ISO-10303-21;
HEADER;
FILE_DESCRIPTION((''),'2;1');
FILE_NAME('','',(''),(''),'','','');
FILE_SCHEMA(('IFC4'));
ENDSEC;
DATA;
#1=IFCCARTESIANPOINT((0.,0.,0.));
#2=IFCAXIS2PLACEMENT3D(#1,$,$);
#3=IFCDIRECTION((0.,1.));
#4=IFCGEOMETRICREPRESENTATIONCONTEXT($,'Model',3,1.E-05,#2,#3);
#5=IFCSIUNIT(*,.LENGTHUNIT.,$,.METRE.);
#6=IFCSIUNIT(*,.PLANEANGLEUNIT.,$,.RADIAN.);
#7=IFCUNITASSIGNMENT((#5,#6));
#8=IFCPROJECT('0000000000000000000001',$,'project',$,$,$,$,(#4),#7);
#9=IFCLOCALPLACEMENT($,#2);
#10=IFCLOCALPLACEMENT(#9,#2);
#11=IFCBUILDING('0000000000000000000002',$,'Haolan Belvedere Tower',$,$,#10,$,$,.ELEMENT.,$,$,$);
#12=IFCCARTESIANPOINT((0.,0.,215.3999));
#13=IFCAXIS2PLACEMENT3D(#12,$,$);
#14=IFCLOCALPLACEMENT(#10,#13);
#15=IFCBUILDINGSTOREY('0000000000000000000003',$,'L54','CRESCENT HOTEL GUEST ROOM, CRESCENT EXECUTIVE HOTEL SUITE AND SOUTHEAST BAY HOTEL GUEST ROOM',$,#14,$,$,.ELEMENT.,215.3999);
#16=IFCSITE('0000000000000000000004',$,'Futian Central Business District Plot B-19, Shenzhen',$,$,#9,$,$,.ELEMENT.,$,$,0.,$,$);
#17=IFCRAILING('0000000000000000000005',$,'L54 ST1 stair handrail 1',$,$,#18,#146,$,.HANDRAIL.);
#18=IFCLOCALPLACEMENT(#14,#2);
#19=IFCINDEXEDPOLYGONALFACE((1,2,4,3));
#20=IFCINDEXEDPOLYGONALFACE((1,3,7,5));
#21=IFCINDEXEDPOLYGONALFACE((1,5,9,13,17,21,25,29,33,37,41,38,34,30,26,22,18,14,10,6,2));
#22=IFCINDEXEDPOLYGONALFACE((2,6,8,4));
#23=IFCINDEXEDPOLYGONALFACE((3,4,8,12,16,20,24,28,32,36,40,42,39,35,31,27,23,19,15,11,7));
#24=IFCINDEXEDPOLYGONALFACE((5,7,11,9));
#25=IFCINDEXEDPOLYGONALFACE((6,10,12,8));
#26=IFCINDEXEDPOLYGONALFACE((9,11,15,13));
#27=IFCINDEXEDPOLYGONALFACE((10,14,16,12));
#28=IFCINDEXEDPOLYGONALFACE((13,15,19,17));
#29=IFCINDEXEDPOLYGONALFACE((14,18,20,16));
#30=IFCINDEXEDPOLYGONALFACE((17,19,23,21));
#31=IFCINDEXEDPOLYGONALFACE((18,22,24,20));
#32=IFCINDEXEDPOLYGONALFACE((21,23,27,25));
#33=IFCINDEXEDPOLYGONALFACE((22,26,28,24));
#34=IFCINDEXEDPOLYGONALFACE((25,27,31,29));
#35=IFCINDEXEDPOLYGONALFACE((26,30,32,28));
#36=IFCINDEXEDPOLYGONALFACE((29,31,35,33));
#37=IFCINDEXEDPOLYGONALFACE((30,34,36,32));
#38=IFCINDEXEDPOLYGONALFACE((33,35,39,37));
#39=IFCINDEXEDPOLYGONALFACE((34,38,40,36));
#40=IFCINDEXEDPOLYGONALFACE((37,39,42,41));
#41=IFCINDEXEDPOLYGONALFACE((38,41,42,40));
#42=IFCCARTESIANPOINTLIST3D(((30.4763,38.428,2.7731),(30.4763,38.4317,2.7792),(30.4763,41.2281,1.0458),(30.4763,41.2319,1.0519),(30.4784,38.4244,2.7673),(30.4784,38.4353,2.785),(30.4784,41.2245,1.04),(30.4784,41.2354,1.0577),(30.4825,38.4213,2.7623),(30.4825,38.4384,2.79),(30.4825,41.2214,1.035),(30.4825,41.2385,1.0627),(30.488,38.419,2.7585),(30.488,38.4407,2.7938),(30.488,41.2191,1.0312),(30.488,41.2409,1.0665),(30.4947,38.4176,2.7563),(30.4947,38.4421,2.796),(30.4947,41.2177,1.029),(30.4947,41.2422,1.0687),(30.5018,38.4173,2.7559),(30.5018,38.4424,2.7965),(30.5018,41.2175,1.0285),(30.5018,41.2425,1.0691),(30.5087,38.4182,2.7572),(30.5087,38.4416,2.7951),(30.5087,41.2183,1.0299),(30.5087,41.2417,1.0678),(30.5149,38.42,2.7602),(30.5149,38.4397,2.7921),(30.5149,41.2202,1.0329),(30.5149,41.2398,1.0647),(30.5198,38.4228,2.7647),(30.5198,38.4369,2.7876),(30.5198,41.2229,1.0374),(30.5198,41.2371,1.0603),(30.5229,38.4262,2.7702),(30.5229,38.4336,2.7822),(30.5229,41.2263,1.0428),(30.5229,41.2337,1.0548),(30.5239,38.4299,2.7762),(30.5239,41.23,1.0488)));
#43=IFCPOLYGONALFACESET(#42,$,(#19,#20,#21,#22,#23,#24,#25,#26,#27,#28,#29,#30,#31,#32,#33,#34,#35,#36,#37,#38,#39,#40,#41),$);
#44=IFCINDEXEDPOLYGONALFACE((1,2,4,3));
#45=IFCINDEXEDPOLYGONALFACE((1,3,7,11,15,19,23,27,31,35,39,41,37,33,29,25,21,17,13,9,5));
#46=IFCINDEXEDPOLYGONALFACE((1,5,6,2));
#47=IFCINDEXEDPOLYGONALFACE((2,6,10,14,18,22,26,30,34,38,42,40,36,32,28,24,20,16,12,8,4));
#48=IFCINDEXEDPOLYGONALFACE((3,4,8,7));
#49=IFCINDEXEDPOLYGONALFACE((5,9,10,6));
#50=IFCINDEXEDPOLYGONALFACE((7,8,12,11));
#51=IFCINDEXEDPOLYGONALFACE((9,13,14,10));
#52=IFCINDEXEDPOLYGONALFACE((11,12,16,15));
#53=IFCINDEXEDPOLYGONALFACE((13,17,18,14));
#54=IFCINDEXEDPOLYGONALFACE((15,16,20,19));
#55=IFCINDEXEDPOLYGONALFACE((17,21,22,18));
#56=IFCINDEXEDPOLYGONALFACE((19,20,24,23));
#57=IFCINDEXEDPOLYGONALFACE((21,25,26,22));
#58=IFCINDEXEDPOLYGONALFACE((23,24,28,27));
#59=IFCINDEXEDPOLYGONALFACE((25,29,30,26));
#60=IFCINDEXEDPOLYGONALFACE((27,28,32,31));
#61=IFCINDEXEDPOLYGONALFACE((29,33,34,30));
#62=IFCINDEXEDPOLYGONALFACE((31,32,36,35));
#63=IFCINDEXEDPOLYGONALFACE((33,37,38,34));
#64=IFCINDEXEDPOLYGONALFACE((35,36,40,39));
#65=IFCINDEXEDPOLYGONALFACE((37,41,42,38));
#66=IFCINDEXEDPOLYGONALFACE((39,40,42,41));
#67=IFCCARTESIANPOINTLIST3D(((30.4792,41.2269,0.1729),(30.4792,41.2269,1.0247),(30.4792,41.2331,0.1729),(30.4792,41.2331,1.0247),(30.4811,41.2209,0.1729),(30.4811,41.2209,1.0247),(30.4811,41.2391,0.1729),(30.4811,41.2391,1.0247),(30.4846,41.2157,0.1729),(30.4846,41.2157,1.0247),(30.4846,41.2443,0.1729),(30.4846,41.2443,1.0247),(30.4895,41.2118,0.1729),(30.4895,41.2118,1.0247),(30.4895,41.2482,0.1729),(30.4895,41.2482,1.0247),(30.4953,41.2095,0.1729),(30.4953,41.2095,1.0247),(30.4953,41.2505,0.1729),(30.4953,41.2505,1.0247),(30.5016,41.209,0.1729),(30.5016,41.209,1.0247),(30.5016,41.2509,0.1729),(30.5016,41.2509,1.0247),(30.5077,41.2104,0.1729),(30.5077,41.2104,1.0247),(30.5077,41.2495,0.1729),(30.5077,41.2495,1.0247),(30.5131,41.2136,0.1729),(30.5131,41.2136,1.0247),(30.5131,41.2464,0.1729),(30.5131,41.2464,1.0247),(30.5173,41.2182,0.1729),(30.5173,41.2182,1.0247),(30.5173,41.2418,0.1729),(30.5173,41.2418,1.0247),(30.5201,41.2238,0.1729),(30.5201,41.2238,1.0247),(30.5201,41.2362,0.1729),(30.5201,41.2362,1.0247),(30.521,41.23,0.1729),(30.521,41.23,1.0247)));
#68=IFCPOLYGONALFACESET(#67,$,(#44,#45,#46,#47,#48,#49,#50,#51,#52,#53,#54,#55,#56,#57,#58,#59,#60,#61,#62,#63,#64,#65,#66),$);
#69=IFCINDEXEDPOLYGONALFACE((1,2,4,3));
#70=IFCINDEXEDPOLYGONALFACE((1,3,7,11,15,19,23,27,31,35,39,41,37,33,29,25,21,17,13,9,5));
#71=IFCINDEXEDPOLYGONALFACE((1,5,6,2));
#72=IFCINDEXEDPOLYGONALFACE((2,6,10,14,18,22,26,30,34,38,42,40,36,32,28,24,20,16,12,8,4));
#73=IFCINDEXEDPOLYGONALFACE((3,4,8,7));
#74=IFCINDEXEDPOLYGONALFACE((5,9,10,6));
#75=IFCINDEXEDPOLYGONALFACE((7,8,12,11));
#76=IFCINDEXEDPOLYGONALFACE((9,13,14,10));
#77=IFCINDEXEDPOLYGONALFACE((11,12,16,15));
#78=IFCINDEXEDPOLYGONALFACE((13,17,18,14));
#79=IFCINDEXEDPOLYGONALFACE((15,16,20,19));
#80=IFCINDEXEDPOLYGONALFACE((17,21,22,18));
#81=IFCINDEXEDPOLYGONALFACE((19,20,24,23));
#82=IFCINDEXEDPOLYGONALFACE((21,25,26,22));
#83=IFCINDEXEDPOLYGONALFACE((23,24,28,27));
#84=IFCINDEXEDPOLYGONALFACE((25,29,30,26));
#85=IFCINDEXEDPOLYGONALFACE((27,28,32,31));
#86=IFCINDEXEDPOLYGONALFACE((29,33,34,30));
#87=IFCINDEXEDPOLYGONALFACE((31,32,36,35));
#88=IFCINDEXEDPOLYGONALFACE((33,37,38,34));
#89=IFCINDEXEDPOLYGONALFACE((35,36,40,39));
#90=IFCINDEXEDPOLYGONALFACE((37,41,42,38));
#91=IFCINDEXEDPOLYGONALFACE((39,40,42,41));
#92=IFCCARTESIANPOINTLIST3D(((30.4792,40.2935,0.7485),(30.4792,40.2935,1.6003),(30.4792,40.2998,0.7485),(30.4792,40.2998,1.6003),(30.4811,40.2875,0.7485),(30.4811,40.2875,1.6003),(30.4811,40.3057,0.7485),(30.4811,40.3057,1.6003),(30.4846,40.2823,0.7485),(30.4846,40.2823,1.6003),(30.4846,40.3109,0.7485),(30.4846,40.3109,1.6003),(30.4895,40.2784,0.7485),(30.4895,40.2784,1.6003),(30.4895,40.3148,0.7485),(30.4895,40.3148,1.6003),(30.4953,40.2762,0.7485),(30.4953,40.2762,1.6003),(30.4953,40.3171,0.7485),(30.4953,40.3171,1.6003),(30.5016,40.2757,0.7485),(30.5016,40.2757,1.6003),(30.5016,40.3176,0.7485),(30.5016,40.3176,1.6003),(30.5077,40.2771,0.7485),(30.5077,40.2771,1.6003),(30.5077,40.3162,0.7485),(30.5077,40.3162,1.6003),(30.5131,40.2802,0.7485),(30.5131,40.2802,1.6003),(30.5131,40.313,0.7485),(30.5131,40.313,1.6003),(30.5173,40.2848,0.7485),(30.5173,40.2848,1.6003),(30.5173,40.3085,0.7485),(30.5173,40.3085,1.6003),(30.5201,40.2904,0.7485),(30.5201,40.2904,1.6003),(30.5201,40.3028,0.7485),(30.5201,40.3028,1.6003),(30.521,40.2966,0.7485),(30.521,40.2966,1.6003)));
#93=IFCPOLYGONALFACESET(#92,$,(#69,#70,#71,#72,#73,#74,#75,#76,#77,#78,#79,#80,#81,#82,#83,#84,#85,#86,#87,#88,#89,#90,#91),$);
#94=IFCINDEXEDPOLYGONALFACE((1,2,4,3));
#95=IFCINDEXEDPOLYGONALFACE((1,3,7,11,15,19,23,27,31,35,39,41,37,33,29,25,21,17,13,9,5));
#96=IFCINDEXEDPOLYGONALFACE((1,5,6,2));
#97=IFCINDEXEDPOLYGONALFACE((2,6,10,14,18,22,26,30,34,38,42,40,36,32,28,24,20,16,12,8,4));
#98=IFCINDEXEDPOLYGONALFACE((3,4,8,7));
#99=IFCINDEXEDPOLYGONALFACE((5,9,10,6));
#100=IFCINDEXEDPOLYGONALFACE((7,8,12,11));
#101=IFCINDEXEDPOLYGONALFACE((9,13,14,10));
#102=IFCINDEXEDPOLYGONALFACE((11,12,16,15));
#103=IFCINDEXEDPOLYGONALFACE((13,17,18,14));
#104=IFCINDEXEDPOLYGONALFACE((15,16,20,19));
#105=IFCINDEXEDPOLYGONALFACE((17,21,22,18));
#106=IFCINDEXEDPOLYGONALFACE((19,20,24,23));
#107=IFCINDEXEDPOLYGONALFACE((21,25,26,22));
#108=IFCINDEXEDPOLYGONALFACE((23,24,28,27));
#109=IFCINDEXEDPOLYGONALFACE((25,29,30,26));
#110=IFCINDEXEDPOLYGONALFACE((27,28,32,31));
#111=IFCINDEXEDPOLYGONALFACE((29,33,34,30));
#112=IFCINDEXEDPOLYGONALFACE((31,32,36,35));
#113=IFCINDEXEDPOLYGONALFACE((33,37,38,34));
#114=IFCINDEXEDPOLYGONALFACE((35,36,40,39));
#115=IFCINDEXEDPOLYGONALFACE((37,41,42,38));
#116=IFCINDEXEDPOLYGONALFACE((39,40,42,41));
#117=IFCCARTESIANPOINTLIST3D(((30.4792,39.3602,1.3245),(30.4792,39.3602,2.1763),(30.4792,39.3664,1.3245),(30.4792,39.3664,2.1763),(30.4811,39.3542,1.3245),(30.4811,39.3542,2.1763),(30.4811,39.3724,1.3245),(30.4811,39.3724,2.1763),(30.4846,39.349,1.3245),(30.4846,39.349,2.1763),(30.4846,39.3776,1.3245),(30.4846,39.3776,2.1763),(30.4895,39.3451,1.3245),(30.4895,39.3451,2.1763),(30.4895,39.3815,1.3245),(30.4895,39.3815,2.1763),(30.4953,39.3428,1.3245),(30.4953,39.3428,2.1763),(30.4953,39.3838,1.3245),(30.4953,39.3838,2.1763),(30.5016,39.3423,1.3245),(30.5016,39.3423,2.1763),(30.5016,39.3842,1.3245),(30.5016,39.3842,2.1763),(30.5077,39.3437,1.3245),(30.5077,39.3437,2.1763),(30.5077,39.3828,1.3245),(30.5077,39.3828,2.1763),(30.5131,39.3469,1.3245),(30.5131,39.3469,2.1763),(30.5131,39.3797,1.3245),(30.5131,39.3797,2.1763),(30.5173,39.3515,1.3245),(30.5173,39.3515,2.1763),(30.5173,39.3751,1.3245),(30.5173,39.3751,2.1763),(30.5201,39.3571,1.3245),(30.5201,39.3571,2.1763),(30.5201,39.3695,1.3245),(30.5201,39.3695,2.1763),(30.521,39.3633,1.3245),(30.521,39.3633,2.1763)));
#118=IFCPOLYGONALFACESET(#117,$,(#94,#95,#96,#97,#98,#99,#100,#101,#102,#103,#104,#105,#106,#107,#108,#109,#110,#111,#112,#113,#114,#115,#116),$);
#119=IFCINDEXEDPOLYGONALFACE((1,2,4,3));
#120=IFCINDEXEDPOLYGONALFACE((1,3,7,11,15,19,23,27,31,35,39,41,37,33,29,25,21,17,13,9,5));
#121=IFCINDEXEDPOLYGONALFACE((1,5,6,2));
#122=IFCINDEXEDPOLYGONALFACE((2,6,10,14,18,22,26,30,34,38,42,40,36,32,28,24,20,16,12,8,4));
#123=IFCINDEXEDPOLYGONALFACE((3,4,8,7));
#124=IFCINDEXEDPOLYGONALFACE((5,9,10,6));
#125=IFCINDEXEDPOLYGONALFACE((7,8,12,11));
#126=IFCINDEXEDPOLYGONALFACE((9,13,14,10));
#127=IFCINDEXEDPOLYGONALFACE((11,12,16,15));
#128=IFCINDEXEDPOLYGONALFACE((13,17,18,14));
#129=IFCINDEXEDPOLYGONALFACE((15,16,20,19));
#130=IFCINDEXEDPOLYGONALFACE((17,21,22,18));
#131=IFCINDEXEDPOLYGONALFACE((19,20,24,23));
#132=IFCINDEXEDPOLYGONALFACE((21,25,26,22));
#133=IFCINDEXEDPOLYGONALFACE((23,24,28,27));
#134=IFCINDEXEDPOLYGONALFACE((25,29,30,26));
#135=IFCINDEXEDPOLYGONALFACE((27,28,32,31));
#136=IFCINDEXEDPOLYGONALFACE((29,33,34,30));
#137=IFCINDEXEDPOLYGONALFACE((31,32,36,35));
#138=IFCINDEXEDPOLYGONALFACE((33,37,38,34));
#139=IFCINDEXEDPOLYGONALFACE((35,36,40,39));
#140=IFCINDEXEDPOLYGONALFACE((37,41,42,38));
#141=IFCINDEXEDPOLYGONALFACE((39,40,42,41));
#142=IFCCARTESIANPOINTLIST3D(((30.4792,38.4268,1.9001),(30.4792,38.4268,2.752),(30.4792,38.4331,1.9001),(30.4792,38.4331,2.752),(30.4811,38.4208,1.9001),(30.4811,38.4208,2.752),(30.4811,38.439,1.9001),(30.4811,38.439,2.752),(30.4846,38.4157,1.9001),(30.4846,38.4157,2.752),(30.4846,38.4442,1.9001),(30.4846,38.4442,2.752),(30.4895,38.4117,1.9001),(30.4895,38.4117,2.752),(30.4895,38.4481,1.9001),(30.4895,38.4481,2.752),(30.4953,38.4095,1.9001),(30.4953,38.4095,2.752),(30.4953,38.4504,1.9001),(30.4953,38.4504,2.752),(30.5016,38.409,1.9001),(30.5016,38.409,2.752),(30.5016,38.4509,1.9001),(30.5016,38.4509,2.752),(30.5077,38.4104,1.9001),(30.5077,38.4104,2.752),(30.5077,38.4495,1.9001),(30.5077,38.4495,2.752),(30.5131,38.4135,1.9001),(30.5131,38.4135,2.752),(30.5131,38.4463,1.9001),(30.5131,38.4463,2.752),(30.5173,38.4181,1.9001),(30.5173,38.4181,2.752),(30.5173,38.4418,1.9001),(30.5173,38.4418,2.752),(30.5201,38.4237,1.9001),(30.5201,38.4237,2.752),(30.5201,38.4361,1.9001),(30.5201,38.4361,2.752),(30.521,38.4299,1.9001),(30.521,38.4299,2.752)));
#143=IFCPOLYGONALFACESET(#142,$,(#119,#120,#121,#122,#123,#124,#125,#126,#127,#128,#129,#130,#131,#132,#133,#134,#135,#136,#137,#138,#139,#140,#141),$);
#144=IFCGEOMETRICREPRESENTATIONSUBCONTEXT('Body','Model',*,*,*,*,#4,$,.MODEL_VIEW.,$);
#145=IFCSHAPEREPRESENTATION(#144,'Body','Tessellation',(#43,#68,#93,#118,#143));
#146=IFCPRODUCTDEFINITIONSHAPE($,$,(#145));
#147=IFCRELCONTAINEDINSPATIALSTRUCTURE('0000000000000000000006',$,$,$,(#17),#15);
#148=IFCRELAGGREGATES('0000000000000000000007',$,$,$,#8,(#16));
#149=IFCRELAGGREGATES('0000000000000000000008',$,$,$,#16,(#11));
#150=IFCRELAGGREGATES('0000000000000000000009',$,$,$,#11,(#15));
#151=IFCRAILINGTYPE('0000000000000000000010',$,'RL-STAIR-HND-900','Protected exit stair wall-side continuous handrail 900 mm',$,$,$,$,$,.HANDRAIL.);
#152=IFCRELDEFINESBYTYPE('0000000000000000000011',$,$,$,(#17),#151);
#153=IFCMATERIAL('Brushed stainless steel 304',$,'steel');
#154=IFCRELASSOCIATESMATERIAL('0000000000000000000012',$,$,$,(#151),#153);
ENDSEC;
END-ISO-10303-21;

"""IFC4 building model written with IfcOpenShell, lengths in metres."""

from ifc_helpers import new_model, si_unit, direction, frame, origin, origin_2d, place, context, subcontext, project, spatial, circle, extrude, material, type_object, element, save


model = new_model("IFC4")

# Units and contexts
model_context = context("Model", 3, precision=1e-05, world=origin(), true_north=direction((0.0, 1.0)))
body_context = subcontext(model_context, "Body", "Model", "MODEL_VIEW")
ifc_project = project(units=[si_unit("LENGTHUNIT", "METRE"), si_unit("PLANEANGLEUNIT", "RADIAN")], contexts=[model_context])

# Site, building, storey
site_placement = place(None, origin())
site = spatial("IfcSite", under=ifc_project, at=site_placement, Name="Futian Central Business District Plot B-19, Shenzhen", CompositionType="ELEMENT", RefElevation=0.0)
building_placement = place(site_placement, origin())
building = spatial("IfcBuilding", under=site, at=building_placement, Name="Haolan Belvedere Tower", CompositionType="ELEMENT")
storey_placement = place(building_placement, frame((0.0, 0.0, 215.3999)))
storey = spatial("IfcBuildingStorey", under=building, at=storey_placement, Name="L54", Description="CRESCENT HOTEL GUEST ROOM, CRESCENT EXECUTIVE HOTEL SUITE AND SOUTHEAST BAY HOTEL GUEST ROOM", CompositionType="ELEMENT", Elevation=215.3999)

# Railing
ifc_material_1 = material(Name="Brushed stainless steel 304", Category="steel")
railing_type_1 = type_object("IfcRailingType", Name="RL-STAIR-HND-900", Description="Protected exit stair wall-side continuous handrail 900 mm", PredefinedType="HANDRAIL", material=ifc_material_1)
railing_1_placement = place(storey_placement, frame((30.5, 41.23, 0.1729)))
element("IfcRailing", 1, at=railing_1_placement, inside=storey, type_object=railing_type_1, Name="L54 ST1 stair handrail 1", PredefinedType="HANDRAIL", context=body_context, shape_type="SweptSolid", body=[
    extrude(circle(Radius=0.0239, at=origin_2d()), frame((0.0, 0.0, 0.876), z_axis=(0.0, -0.85109, 0.52502), x_axis=(1.0, 0.0, 0.0)), (0.0, 0.0, 1.0), 3.29),
    extrude(circle(Radius=0.021, at=origin_2d()), origin(), (0.0, 0.0, 1.0), 0.8518),
    extrude(circle(Radius=0.021, at=origin_2d()), frame((0.0, -0.9333, 0.5757)), (0.0, 0.0, 1.0), 0.8518),
    extrude(circle(Radius=0.021, at=origin_2d()), frame((0.0, -1.8667, 1.1516)), (0.0, 0.0, 1.0), 0.8518),
    extrude(circle(Radius=0.021, at=origin_2d()), frame((0.0, -2.8, 1.7273)), (0.0, 0.0, 1.0), 0.8518),
])

save(model, "model.ifc")
